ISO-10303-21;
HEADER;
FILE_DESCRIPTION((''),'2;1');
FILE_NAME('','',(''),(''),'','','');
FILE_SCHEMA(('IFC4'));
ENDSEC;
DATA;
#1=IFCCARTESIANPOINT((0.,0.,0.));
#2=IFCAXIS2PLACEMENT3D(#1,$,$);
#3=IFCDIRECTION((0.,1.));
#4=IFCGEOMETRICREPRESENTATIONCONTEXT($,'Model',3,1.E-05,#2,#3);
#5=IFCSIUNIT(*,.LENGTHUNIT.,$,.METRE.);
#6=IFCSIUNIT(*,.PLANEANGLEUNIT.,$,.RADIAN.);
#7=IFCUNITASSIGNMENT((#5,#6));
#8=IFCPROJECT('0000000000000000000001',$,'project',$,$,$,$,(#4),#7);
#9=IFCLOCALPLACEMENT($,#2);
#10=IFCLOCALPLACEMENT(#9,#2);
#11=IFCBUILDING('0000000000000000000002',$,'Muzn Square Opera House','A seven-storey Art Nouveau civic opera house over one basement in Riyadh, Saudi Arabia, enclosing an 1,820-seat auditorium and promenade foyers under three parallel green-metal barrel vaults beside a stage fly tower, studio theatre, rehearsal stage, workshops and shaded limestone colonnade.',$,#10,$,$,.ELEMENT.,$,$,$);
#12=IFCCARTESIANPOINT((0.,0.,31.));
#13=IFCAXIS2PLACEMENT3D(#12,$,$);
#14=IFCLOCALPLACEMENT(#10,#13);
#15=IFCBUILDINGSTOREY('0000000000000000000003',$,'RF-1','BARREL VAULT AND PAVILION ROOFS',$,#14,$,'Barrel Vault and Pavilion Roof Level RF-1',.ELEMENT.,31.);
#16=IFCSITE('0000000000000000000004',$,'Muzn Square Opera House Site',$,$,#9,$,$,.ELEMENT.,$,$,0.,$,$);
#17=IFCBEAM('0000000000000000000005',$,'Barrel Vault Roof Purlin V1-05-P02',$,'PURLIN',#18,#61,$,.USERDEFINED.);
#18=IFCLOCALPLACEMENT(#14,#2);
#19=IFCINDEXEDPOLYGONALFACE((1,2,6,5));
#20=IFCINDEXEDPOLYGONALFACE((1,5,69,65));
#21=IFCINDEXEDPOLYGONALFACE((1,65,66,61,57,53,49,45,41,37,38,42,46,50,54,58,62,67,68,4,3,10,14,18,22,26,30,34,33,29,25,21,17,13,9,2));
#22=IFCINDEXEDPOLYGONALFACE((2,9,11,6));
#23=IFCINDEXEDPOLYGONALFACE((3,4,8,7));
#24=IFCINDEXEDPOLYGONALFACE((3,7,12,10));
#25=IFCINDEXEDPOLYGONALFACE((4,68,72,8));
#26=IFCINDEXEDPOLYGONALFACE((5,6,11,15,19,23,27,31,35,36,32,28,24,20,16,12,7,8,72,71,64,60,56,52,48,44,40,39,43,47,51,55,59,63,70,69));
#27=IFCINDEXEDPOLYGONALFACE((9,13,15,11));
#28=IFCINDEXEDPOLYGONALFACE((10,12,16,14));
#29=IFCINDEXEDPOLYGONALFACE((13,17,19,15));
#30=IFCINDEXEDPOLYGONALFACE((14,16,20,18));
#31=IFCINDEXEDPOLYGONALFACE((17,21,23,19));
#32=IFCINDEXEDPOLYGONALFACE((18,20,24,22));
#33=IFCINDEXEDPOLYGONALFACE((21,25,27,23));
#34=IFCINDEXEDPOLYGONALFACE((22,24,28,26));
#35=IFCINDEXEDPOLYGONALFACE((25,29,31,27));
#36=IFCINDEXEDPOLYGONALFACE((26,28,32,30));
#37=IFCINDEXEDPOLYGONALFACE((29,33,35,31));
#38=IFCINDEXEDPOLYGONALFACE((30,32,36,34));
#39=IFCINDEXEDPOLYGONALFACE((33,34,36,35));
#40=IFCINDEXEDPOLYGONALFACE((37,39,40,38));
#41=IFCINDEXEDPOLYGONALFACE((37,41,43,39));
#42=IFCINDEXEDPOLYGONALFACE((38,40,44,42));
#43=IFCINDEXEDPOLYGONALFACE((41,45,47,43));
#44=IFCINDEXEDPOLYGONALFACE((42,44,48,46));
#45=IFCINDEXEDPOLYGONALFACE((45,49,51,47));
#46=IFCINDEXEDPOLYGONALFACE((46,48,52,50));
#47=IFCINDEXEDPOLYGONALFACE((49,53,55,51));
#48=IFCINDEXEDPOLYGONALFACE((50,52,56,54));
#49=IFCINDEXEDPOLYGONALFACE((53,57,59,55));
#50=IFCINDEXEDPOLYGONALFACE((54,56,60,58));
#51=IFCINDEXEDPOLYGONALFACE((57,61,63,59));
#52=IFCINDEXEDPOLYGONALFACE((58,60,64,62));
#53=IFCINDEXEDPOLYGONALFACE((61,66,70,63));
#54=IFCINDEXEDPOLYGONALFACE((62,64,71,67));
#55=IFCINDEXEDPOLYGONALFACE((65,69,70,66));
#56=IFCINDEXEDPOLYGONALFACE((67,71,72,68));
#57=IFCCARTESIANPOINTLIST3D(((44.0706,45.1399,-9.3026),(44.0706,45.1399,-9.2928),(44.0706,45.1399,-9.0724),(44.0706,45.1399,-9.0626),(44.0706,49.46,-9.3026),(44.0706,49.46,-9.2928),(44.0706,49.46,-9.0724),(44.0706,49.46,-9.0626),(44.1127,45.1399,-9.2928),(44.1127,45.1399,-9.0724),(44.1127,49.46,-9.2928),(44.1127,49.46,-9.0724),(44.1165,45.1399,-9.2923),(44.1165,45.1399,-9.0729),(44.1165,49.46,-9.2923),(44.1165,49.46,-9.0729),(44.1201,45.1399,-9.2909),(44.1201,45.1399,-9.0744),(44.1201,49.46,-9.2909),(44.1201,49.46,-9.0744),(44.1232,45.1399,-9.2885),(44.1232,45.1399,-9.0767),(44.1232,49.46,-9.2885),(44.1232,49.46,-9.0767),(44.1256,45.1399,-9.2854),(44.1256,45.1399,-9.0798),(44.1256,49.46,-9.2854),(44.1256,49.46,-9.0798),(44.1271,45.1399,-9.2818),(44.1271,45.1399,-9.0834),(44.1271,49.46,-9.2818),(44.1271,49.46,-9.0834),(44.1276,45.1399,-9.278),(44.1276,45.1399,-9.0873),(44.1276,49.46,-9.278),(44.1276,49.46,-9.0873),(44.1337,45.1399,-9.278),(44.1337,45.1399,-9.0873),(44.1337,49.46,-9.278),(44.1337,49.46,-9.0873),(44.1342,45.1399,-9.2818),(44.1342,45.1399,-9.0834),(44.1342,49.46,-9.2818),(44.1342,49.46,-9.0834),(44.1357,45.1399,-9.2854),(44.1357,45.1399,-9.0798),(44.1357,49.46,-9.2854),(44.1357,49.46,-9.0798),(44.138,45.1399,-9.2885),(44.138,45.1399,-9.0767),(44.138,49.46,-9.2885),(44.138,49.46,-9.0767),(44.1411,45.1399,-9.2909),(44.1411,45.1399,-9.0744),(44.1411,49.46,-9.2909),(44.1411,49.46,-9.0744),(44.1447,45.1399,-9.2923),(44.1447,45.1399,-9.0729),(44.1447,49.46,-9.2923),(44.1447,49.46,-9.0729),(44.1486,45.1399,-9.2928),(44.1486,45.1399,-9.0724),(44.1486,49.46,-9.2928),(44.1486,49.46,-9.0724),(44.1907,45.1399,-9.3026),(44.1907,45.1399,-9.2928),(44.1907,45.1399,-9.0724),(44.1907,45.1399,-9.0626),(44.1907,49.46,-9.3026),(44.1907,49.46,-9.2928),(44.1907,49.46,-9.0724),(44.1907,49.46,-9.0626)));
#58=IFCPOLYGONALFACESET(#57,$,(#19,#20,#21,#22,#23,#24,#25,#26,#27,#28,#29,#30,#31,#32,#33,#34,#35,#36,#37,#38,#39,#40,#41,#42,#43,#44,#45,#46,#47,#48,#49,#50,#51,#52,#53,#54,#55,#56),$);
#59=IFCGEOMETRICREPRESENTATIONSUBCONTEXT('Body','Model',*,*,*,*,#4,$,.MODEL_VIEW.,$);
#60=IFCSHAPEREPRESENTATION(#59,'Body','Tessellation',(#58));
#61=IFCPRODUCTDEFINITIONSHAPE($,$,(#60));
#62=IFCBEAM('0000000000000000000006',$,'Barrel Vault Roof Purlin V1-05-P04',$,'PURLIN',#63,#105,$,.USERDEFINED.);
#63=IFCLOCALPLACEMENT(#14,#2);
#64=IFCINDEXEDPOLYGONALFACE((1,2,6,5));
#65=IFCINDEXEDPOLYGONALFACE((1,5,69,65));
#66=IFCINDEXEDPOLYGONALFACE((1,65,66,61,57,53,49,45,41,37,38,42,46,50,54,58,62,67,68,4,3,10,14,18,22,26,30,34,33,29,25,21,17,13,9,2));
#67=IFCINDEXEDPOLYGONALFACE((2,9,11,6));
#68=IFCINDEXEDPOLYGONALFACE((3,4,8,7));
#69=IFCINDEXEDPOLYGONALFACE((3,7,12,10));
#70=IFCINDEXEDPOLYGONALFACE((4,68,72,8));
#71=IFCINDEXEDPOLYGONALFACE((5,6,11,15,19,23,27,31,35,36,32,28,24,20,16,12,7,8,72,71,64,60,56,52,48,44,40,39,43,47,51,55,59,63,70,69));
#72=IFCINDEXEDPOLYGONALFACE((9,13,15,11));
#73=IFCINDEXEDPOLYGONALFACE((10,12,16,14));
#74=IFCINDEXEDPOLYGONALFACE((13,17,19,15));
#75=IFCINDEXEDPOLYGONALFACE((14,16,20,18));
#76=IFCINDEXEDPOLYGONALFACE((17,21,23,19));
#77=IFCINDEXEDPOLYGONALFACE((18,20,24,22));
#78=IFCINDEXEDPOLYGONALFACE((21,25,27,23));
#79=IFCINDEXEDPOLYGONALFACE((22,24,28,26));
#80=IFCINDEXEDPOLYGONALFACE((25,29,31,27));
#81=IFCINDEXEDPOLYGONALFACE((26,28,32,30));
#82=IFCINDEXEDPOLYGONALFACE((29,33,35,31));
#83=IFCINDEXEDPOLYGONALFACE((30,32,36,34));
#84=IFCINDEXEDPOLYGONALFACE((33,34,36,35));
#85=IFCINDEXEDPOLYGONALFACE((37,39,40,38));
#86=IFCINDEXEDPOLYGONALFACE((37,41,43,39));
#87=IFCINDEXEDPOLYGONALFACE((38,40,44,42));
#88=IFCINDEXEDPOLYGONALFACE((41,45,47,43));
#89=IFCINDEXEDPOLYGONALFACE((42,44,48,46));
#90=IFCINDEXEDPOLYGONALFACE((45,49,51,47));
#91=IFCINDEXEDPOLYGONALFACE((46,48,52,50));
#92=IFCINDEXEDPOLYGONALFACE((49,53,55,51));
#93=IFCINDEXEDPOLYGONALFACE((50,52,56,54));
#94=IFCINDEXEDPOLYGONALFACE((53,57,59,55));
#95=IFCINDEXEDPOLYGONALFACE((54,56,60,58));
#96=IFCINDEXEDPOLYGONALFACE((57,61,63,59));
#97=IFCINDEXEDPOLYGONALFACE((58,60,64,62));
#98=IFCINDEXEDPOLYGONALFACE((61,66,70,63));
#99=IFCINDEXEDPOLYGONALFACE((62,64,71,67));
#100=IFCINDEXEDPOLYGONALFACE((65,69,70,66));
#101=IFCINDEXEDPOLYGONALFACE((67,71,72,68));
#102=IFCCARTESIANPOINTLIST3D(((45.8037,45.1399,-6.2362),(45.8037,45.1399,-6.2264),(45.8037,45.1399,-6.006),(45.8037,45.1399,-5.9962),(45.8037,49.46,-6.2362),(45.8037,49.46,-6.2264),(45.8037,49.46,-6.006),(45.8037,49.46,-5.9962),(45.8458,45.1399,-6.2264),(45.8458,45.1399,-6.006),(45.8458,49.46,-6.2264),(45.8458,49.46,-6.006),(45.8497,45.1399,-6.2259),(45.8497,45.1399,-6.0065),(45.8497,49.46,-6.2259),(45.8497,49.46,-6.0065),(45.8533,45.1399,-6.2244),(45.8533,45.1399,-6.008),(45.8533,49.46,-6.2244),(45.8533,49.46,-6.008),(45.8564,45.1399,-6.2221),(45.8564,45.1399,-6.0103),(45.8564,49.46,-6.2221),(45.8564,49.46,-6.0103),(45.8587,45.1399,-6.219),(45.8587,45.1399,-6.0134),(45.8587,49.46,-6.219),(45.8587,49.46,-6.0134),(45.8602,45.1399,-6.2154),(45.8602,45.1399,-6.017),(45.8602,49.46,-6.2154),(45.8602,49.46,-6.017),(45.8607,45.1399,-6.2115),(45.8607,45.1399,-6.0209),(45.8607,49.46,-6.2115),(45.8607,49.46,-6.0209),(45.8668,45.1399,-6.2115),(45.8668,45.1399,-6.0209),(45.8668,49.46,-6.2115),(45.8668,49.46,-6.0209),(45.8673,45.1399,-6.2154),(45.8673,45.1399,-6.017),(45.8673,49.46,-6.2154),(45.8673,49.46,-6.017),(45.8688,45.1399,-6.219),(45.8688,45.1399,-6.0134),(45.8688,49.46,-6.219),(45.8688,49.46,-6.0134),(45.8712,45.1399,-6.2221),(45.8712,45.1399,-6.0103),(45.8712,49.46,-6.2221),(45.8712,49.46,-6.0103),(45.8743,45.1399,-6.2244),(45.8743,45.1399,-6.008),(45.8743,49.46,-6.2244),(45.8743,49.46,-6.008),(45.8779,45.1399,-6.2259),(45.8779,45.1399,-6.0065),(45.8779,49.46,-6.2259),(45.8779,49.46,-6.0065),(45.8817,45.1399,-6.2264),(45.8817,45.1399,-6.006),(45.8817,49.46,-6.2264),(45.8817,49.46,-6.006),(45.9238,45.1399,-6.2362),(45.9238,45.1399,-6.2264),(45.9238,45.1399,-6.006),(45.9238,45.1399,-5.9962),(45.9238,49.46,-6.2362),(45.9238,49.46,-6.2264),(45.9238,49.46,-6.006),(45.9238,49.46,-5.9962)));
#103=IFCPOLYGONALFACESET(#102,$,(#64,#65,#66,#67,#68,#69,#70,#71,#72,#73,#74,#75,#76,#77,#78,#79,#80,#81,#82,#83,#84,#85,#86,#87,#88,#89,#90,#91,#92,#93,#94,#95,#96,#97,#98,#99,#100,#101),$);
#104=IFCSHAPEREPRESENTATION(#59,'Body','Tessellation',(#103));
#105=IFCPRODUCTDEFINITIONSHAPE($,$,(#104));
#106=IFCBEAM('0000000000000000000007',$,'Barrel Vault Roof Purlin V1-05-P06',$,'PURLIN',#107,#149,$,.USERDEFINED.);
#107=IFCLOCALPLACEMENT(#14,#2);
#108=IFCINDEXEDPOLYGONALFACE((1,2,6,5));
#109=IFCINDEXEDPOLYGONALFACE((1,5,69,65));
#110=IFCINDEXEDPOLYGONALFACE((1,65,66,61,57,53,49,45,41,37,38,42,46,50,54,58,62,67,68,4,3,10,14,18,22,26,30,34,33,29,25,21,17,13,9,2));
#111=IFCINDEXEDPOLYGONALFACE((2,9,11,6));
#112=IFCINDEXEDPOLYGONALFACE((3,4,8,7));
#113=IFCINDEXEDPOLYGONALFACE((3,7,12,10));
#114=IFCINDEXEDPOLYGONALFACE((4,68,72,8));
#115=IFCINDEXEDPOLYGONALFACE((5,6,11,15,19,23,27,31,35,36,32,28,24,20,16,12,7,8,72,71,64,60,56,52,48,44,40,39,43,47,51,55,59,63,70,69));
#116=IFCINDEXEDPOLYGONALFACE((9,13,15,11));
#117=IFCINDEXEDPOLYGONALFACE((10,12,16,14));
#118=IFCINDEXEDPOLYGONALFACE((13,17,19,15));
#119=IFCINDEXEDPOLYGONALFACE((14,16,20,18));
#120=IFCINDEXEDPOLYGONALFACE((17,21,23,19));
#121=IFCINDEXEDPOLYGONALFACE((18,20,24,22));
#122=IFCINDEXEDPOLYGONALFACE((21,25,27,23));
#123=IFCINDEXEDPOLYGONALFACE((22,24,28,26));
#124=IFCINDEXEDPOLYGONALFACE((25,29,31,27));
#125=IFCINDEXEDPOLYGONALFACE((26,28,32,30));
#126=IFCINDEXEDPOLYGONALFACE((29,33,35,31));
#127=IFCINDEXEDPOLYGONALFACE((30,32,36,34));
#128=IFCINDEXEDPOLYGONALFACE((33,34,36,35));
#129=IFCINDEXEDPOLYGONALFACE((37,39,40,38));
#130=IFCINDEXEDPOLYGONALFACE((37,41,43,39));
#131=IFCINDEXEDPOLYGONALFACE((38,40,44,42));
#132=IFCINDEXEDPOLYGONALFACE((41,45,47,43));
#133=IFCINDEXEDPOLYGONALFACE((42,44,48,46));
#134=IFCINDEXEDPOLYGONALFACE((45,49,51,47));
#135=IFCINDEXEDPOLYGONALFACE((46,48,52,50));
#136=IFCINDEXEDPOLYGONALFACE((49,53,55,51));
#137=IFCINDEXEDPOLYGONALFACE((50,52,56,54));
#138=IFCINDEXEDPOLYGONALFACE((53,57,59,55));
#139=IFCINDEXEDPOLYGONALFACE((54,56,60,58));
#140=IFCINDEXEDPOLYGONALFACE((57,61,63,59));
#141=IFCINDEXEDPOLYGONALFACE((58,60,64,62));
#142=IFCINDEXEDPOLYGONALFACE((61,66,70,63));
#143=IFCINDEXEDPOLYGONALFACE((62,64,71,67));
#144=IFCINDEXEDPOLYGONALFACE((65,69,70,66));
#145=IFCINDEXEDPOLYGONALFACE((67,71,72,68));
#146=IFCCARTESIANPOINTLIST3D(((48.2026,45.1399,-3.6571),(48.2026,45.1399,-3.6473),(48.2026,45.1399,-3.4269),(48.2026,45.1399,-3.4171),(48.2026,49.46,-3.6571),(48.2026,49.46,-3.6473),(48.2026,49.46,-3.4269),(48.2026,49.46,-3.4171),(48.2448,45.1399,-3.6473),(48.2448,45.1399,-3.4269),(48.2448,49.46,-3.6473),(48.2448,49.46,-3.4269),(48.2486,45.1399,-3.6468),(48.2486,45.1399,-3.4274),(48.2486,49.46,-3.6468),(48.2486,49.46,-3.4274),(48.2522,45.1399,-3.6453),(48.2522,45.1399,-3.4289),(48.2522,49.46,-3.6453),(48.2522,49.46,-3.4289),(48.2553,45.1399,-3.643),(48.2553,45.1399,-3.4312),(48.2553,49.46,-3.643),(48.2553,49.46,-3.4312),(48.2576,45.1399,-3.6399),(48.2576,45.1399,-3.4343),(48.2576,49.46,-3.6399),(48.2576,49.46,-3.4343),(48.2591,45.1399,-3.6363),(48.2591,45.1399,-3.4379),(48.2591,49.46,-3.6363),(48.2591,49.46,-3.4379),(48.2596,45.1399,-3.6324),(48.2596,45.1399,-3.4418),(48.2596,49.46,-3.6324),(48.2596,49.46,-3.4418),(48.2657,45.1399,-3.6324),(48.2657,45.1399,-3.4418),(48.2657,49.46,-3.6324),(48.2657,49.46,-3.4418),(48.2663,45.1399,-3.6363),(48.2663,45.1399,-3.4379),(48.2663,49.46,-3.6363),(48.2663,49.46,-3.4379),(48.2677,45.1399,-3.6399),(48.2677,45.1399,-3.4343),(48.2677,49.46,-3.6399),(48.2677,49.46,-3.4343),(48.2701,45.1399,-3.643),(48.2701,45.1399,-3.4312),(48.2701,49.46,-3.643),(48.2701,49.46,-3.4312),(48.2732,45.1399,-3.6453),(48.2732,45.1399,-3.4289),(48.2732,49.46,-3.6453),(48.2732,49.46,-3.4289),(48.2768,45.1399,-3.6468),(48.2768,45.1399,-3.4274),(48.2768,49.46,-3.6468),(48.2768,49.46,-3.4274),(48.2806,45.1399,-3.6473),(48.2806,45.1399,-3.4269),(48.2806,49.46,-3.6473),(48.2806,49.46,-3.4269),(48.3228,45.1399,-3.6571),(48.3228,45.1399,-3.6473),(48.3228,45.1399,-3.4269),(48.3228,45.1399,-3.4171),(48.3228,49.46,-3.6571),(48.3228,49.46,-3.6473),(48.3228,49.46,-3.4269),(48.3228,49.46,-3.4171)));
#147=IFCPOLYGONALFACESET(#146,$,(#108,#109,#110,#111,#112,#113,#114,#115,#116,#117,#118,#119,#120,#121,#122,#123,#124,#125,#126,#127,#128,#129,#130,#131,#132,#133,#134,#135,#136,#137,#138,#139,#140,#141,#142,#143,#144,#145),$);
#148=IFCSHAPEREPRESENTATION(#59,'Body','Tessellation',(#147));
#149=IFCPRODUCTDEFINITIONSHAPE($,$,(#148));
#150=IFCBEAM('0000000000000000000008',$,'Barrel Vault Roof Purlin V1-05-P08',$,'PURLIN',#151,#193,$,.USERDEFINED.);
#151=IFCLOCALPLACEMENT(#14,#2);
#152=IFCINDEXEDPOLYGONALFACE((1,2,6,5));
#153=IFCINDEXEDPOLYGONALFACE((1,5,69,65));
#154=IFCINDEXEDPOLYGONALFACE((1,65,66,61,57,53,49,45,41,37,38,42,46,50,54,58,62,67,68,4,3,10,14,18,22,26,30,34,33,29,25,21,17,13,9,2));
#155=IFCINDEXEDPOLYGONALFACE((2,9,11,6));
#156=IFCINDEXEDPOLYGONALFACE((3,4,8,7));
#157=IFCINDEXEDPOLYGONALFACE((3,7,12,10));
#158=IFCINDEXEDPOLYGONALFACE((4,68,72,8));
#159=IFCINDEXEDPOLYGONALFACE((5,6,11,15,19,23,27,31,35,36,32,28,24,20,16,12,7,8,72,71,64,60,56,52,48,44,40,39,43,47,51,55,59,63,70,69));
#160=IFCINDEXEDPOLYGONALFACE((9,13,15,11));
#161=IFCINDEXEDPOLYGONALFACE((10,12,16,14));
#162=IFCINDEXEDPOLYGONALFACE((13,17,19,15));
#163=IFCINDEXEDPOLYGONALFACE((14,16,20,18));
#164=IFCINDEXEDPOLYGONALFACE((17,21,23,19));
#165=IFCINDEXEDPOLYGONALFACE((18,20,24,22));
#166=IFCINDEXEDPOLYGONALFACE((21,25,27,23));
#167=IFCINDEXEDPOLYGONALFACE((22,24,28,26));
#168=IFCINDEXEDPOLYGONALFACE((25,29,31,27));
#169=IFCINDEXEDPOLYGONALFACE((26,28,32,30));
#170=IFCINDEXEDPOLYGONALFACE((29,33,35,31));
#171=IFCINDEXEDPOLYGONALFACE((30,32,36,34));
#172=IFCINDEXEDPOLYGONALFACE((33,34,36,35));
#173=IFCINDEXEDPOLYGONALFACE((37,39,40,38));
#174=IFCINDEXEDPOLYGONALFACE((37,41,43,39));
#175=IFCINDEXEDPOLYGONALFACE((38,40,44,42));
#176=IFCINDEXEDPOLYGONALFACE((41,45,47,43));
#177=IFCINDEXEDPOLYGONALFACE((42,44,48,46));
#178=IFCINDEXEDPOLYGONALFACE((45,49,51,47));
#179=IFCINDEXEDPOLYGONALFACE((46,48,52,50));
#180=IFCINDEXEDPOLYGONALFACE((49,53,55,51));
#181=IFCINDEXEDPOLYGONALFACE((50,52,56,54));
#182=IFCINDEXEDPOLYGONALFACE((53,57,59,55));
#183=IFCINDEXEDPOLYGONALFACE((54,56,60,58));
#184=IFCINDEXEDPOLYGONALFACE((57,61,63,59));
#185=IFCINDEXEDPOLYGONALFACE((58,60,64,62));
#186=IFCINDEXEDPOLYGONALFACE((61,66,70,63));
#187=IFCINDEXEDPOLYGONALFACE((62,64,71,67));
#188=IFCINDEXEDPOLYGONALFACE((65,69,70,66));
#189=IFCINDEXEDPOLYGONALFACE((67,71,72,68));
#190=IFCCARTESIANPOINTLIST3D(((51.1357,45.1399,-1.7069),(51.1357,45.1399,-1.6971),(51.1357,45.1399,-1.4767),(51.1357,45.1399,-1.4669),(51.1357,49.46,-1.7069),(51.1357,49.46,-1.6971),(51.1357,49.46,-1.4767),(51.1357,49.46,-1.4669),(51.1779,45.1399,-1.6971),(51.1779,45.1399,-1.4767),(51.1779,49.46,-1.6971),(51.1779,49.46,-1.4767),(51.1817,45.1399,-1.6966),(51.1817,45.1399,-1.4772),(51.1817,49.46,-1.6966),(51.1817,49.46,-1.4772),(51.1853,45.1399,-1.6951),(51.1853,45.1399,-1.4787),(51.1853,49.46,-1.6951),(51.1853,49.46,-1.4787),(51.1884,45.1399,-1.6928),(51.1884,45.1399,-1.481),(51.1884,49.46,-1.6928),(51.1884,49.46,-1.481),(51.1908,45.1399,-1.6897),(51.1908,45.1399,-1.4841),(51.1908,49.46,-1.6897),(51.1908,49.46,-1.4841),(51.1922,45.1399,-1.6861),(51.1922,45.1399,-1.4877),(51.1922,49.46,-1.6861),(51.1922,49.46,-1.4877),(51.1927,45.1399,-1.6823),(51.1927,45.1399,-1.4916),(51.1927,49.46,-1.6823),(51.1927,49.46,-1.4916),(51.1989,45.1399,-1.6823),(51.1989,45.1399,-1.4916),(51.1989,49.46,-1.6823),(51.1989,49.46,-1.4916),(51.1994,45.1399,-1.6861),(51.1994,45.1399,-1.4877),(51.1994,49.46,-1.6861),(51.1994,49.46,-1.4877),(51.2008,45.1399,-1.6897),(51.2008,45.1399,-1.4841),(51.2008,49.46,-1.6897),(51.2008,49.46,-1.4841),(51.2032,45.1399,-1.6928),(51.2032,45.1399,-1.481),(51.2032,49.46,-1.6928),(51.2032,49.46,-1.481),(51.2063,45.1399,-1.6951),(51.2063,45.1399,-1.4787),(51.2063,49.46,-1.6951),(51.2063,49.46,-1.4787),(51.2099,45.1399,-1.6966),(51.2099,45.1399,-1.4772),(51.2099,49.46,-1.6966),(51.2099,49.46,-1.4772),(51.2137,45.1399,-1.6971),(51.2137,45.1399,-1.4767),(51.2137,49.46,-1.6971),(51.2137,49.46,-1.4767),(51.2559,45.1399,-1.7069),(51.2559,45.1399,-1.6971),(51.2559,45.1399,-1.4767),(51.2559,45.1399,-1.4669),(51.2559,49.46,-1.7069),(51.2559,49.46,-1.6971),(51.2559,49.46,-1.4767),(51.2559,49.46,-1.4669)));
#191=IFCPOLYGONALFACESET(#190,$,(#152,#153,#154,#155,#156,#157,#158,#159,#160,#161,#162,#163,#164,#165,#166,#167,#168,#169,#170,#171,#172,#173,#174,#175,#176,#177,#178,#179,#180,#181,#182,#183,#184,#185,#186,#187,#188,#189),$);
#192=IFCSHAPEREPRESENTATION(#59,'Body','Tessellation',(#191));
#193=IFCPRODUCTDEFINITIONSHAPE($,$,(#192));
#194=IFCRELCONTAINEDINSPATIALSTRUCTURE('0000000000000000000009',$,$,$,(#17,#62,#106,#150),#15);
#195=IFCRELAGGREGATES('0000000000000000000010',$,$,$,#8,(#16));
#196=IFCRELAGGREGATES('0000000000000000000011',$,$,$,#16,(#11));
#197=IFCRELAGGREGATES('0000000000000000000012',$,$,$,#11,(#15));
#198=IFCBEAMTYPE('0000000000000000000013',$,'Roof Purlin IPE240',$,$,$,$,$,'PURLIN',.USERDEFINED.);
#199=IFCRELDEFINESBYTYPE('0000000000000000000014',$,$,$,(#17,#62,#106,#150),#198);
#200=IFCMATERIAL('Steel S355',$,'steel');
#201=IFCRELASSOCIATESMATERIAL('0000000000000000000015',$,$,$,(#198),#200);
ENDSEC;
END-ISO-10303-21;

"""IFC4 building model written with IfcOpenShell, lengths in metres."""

from ifc_helpers import new_model, si_unit, direction, frame, origin, origin_2d, place, context, subcontext, project, spatial, i_section, extrude, material, material_profile, profile_set, type_object, element, save


model = new_model("IFC4")

# Units and contexts
model_context = context("Model", 3, precision=1e-05, world=origin(), true_north=direction((0.0, 1.0)))
body_context = subcontext(model_context, "Body", "Model", "MODEL_VIEW")
ifc_project = project(units=[si_unit("LENGTHUNIT", "METRE"), si_unit("PLANEANGLEUNIT", "RADIAN")], contexts=[model_context])

# Site, building, storey
site_placement = place(None, origin())
site = spatial("IfcSite", under=ifc_project, at=site_placement, Name="Muzn Square Opera House Site", CompositionType="ELEMENT", RefElevation=0.0)
building_placement = place(site_placement, origin())
building = spatial("IfcBuilding", under=site, at=building_placement, Name="Muzn Square Opera House", Description="A seven-storey Art Nouveau civic opera house over one basement in Riyadh, Saudi Arabia, enclosing an 1,820-seat auditorium and promenade foyers under three parallel green-metal barrel vaults beside a stage fly tower, studio theatre, rehearsal stage, workshops and shaded limestone colonnade.", CompositionType="ELEMENT")
storey_placement = place(building_placement, frame((0.0, 0.0, 31.0)))
storey = spatial("IfcBuildingStorey", under=building, at=storey_placement, Name="RF-1", Description="BARREL VAULT AND PAVILION ROOFS", LongName="Barrel Vault and Pavilion Roof Level RF-1", CompositionType="ELEMENT", Elevation=31.0)

# Beams
ifc_material_1 = material(Name="Steel S355", Category="steel")
ifc_material_profile_1 = material_profile(ifc_material_1, i_section(OverallWidth=0.1201, OverallDepth=0.24, WebThickness=0.0061, FlangeThickness=0.0098, FilletRadius=0.0149, at=origin_2d()), Name="IPE 240", Category="steel")
ifc_profile_set_1 = profile_set([ifc_material_profile_1], Name="Steel S355")
beam_type_1 = type_object("IfcBeamType", Name="Roof Purlin IPE240", ElementType="PURLIN", PredefinedType="USERDEFINED", material=ifc_profile_set_1)
for number, where, z_axis, x_axis, name in (
    (1, (44.1306, 45.1399, -9.1826), (0.0, 1.0, 0.0), (-1.0, 0.0, 0.0), "Barrel Vault Roof Purlin V1-05-P02"),
    (2, (45.8638, 45.1399, -6.1162), (0.0, 1.0, 0.0), (-1.0, 0.0, 0.0), "Barrel Vault Roof Purlin V1-05-P04"),
    (3, (48.2627, 45.1399, -3.5371), (0.0, 1.0, 0.0), (-1.0, 0.0, 0.0), "Barrel Vault Roof Purlin V1-05-P06"),
    (4, (51.1958, 45.1399, -1.5869), (0.0, 1.0, 0.0), (-1.0, 0.0, 0.0), "Barrel Vault Roof Purlin V1-05-P08"),
):
    element("IfcBeam", number, at=place(storey_placement, frame(where, z_axis=z_axis, x_axis=x_axis)), inside=storey, type_object=beam_type_1, Name=name, ObjectType="PURLIN", PredefinedType="USERDEFINED", context=body_context, shape_type="SweptSolid", body=[
        extrude(i_section(OverallWidth=0.1201, OverallDepth=0.24, WebThickness=0.0061, FlangeThickness=0.0098, FilletRadius=0.0149, at=origin_2d()), origin(), (0.0, 0.0, 1.0), 4.3201),
    ])

save(model, "model.ifc")
